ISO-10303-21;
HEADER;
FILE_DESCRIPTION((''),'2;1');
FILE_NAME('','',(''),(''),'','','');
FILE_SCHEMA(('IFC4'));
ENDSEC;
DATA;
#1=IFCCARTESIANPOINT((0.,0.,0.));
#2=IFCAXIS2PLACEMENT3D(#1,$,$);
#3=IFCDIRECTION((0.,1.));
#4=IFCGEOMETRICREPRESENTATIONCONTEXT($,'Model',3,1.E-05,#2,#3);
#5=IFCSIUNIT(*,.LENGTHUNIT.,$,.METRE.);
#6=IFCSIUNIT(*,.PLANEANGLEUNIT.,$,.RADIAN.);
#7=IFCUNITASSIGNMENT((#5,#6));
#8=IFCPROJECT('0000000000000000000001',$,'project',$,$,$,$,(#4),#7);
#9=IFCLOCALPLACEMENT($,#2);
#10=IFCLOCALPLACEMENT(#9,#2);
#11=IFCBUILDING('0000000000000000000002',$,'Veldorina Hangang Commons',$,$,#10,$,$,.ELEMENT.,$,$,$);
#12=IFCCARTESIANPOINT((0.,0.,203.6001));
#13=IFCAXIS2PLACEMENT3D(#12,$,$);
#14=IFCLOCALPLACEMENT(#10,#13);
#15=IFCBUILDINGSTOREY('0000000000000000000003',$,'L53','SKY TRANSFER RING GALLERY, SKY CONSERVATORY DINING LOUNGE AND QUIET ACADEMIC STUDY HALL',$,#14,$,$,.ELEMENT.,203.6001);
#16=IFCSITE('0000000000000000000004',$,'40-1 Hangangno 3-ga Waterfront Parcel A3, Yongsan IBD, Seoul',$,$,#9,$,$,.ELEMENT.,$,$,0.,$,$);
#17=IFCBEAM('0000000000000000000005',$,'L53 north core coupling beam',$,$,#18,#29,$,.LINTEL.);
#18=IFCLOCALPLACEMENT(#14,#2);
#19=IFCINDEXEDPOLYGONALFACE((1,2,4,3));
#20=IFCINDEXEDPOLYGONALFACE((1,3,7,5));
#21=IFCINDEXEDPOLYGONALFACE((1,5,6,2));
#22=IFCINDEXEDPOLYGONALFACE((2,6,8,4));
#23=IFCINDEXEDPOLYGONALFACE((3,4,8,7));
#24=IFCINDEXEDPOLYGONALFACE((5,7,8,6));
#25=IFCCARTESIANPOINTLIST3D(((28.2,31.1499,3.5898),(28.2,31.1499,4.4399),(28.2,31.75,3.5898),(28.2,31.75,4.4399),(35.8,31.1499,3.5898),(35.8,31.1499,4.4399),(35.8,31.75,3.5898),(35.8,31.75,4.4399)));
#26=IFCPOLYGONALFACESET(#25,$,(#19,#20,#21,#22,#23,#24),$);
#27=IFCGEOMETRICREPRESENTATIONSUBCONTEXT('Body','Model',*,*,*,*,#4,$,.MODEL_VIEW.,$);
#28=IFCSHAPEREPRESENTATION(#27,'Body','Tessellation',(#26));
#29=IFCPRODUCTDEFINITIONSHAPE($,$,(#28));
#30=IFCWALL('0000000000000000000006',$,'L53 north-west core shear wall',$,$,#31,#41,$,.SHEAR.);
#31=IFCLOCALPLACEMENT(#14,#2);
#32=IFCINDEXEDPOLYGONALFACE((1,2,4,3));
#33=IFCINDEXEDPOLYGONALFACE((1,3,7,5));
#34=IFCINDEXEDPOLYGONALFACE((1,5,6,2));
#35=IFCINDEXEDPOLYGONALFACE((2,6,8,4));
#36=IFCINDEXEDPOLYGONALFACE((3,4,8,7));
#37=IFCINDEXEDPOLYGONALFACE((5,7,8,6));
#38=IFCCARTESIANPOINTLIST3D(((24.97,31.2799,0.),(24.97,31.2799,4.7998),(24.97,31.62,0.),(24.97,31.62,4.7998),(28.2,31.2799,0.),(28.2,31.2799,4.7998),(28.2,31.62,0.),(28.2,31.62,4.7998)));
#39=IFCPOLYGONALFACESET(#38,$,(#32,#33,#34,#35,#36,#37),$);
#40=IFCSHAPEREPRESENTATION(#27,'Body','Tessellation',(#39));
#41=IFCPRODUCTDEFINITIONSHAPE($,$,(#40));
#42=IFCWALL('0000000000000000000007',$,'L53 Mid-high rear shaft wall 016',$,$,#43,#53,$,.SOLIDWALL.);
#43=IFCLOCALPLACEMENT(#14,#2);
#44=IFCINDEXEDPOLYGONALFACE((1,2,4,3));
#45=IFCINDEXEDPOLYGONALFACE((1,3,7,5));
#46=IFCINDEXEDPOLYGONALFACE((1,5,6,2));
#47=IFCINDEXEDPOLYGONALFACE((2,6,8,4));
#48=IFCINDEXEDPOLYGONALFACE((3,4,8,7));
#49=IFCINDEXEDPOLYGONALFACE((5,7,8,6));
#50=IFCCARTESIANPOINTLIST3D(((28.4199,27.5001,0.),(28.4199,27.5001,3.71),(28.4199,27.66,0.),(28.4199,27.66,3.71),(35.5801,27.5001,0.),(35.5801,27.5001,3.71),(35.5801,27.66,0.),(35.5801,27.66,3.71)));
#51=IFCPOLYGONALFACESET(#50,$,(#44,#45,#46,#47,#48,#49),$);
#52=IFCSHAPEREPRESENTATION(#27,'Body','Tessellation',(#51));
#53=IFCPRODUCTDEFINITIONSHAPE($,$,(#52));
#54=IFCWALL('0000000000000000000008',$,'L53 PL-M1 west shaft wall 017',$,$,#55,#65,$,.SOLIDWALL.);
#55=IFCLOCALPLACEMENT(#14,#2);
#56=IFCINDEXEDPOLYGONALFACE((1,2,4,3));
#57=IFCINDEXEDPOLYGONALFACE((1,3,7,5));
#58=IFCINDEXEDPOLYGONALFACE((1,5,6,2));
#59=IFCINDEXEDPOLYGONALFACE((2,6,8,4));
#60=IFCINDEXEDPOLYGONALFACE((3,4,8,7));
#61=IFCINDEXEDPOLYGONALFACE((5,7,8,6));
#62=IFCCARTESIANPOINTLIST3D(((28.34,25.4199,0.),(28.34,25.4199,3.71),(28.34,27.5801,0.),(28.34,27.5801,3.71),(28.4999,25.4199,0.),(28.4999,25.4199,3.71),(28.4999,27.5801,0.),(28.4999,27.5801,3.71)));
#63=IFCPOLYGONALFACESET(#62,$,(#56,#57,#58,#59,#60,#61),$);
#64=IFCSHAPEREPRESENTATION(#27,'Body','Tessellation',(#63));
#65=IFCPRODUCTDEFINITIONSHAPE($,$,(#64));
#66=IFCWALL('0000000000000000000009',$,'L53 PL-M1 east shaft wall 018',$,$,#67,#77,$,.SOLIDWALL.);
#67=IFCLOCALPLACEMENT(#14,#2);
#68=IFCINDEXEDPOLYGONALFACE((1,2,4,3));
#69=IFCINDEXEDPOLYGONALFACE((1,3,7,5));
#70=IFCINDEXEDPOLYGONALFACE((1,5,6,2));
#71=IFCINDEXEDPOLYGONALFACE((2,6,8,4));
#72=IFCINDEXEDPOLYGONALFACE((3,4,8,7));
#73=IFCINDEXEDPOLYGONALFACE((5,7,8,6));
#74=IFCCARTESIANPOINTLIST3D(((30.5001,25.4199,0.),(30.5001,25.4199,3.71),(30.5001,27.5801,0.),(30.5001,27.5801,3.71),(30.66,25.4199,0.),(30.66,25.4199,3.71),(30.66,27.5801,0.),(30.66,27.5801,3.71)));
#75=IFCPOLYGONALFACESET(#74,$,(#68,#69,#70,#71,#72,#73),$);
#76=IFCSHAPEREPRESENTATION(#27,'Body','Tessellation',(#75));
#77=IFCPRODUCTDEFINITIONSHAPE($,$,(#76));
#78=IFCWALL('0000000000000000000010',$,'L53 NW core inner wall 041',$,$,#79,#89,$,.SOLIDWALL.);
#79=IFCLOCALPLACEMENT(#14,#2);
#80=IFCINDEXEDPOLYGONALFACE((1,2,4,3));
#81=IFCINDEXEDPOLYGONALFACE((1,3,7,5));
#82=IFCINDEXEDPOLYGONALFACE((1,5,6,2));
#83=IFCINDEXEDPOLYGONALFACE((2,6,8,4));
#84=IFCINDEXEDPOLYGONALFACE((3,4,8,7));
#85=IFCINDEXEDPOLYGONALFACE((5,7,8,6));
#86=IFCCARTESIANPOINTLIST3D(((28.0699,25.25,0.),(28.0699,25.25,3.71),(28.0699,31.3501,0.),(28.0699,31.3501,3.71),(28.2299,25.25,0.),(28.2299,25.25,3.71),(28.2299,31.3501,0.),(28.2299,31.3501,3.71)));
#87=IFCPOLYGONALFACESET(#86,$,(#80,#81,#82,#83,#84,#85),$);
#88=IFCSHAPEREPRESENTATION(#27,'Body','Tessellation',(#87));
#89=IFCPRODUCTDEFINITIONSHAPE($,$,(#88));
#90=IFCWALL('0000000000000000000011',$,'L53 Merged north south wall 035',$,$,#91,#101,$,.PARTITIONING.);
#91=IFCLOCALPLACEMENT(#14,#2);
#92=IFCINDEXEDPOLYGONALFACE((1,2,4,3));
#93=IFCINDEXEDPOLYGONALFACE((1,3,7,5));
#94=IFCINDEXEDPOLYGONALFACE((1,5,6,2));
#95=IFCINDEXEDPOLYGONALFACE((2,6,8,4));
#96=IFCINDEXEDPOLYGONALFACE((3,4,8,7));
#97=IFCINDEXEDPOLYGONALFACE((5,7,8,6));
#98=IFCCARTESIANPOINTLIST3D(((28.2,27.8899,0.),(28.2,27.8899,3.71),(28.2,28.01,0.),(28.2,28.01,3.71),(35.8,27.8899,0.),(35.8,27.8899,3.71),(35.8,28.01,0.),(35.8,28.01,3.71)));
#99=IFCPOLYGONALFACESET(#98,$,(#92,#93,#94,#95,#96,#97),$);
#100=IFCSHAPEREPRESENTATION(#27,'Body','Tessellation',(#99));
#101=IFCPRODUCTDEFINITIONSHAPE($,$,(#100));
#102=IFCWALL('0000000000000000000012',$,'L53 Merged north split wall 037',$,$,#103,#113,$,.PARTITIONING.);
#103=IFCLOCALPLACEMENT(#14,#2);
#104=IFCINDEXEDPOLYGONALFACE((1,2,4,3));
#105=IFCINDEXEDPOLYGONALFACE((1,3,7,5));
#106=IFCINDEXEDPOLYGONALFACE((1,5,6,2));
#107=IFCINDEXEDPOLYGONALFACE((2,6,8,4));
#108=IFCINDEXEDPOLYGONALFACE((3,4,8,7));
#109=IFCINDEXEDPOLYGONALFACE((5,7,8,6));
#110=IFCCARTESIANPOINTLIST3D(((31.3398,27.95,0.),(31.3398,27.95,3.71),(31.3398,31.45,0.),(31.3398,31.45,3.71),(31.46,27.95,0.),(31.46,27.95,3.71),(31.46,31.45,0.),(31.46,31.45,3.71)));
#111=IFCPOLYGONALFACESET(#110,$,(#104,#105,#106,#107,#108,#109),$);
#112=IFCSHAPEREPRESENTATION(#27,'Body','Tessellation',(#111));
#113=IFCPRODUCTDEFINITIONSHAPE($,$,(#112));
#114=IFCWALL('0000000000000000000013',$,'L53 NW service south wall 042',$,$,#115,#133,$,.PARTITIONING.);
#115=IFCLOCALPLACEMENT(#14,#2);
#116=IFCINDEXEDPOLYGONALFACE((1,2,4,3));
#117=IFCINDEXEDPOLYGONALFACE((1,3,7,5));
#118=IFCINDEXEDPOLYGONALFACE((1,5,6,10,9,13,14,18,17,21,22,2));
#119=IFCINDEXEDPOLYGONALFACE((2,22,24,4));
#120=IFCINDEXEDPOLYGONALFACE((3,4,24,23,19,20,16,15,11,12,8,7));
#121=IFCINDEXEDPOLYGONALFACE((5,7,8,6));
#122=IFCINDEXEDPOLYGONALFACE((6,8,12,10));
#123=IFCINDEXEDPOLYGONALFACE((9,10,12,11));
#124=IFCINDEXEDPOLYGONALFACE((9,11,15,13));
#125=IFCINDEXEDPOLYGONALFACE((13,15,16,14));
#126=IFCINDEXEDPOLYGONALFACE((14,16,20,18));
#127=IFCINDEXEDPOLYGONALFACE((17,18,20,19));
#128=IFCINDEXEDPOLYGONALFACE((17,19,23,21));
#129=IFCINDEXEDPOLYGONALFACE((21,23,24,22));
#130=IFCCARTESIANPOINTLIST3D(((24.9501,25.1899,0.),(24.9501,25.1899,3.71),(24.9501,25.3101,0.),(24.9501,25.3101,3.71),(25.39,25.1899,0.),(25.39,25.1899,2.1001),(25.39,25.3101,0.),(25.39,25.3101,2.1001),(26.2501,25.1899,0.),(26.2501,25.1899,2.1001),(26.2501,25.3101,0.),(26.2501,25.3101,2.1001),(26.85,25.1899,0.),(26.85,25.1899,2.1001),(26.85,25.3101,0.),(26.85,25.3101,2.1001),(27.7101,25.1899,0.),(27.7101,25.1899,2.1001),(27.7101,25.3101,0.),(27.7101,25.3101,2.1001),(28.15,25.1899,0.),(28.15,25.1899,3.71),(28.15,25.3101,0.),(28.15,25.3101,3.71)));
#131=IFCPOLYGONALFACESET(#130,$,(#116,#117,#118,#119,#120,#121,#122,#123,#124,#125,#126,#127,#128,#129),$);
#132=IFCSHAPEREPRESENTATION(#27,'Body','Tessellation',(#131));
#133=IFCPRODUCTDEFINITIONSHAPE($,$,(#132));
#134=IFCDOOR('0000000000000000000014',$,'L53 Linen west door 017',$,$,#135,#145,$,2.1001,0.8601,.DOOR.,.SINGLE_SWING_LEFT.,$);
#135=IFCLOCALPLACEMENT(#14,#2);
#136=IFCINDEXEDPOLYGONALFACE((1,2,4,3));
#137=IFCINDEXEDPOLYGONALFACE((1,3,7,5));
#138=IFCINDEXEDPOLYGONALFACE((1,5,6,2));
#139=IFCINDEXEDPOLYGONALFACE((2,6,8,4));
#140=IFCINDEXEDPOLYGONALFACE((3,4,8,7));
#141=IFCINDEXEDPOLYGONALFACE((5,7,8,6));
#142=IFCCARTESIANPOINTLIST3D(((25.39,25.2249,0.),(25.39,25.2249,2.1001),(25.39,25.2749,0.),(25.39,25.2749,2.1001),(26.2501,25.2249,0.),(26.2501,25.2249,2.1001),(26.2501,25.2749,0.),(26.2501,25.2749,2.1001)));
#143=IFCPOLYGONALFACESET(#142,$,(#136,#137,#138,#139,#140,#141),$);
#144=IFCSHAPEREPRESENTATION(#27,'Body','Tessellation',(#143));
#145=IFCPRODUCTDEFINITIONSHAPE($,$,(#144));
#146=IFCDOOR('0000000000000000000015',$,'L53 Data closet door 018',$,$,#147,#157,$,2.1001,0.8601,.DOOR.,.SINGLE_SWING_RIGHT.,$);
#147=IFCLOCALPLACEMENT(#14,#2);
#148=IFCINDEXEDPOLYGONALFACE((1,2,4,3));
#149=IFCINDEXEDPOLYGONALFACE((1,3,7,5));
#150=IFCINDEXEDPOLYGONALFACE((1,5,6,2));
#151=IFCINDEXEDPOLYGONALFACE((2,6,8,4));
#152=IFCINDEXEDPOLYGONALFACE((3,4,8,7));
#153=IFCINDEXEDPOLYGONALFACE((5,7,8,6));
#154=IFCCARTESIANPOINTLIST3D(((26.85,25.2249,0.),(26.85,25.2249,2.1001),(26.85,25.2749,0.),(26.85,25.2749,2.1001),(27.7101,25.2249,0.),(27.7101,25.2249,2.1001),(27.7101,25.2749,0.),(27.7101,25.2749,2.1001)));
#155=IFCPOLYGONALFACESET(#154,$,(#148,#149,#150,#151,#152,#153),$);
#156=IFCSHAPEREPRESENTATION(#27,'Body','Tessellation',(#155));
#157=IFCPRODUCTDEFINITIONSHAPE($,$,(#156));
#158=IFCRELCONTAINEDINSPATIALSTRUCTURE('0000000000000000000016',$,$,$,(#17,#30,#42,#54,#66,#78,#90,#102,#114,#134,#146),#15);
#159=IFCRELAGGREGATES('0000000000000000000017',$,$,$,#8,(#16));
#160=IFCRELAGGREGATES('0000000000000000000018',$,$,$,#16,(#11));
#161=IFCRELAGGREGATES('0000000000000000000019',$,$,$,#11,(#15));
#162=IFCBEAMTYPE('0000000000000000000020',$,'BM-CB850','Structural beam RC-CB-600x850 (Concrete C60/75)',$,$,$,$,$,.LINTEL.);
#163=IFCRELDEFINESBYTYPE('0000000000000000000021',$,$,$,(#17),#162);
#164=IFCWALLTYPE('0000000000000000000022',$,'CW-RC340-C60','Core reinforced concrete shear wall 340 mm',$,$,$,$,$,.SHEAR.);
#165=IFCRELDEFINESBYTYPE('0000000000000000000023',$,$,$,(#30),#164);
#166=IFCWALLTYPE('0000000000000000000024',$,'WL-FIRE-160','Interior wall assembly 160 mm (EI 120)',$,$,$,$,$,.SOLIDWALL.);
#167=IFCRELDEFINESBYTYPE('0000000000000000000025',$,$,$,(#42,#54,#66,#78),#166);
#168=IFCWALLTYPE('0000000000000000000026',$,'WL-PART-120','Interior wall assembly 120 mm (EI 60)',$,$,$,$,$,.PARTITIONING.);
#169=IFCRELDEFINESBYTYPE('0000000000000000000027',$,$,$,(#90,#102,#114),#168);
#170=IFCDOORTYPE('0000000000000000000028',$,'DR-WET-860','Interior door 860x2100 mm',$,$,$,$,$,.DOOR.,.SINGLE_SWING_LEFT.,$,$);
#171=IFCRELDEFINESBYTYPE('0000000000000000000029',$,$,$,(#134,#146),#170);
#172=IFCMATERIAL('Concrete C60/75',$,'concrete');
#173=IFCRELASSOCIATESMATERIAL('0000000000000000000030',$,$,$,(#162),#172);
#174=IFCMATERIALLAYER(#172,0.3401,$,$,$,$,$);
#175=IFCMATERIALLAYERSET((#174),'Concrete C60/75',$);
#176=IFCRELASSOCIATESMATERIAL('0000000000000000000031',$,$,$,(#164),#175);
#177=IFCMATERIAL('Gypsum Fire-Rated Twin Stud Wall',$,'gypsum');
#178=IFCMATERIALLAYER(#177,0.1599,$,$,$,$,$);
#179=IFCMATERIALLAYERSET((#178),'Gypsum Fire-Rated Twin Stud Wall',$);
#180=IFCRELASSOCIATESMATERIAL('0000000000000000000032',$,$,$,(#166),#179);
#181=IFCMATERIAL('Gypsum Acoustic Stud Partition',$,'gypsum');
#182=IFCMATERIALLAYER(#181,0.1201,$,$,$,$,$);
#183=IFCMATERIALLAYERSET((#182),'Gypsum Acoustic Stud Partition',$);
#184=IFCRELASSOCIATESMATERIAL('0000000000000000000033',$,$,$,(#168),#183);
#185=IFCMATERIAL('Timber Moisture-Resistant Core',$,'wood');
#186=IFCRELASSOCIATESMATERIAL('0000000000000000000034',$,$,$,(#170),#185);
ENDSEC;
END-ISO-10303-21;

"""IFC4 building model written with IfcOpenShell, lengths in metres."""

from ifc_helpers import new_model, si_unit, direction, frame, frame_2d, origin, origin_2d, place, context, subcontext, project, spatial, rectangle, extrude, material, layer, layer_set, material_profile, profile_set, type_object, element, fill, save


model = new_model("IFC4")

# Units and contexts
model_context = context("Model", 3, precision=1e-05, world=origin(), true_north=direction((0.0, 1.0)))
body_context = subcontext(model_context, "Body", "Model", "MODEL_VIEW")
ifc_project = project(units=[si_unit("LENGTHUNIT", "METRE"), si_unit("PLANEANGLEUNIT", "RADIAN")], contexts=[model_context])

# Site, building, storey
site_placement = place(None, origin())
site = spatial("IfcSite", under=ifc_project, at=site_placement, Name="40-1 Hangangno 3-ga Waterfront Parcel A3, Yongsan IBD, Seoul", CompositionType="ELEMENT", RefElevation=0.0)
building_placement = place(site_placement, origin())
building = spatial("IfcBuilding", under=site, at=building_placement, Name="Veldorina Hangang Commons", CompositionType="ELEMENT")
storey_placement = place(building_placement, frame((0.0, 0.0, 203.6001)))
storey = spatial("IfcBuildingStorey", under=building, at=storey_placement, Name="L53", Description="SKY TRANSFER RING GALLERY, SKY CONSERVATORY DINING LOUNGE AND QUIET ACADEMIC STUDY HALL", CompositionType="ELEMENT", Elevation=203.6001)

# Beam
ifc_material_1 = material(Name="Concrete C60/75", Category="concrete")
ifc_material_profile = material_profile(ifc_material_1, rectangle(XDim=0.6001, YDim=0.8501, at=origin_2d()), Name="RC-CB-600x850")
ifc_profile_set = profile_set([ifc_material_profile], Name="Concrete C60/75")
beam_type = type_object("IfcBeamType", Name="BM-CB850", Description="Structural beam RC-CB-600x850 (Concrete C60/75)", PredefinedType="LINTEL", material=ifc_profile_set)
beam_placement = place(storey_placement, frame((28.2, 31.45, 4.0149), z_axis=(1.0, 0.0, 0.0), x_axis=(0.0, 1.0, 0.0)))
element("IfcBeam", 1, at=beam_placement, inside=storey, type_object=beam_type, Name="L53 north core coupling beam", PredefinedType="LINTEL", context=body_context, shape_type="SweptSolid", body=[
    extrude(rectangle(XDim=0.6001, YDim=0.8501, at=origin_2d()), origin(), (0.0, 0.0, 1.0), 7.6001),
])

# Wall
ifc_layer_1 = layer(ifc_material_1, 0.3401)
ifc_layer_set_1 = layer_set([ifc_layer_1], Name="Concrete C60/75")
wall_type_1 = type_object("IfcWallType", Name="CW-RC340-C60", Description="Core reinforced concrete shear wall 340 mm", PredefinedType="SHEAR", material=ifc_layer_set_1)
wall_1_placement = place(storey_placement, frame((24.97, 31.45, 0.0), z_axis=(0.0, 0.0, 1.0), x_axis=(1.0, 0.0, 0.0)))
element("IfcWall", 2, at=wall_1_placement, inside=storey, type_object=wall_type_1, Name="L53 north-west core shear wall", PredefinedType="SHEAR", context=body_context, shape_type="SweptSolid", body=[
    extrude(rectangle(XDim=3.23, YDim=0.3401, at=frame_2d((1.615, 0.0))), origin(), (0.0, 0.0, 1.0), 4.7998),
])

# Shared definitions
ifc_material_2 = material(Name="Gypsum Fire-Rated Twin Stud Wall", Category="gypsum")
ifc_layer_2 = layer(ifc_material_2, 0.1599)
ifc_layer_set_2 = layer_set([ifc_layer_2], Name="Gypsum Fire-Rated Twin Stud Wall")
wall_type_2 = type_object("IfcWallType", Name="WL-FIRE-160", Description="Interior wall assembly 160 mm (EI 120)", PredefinedType="SOLIDWALL", material=ifc_layer_set_2)

# Walls
wall_2_placement = place(storey_placement, frame((28.4199, 27.5801, 0.0), z_axis=(0.0, 0.0, 1.0), x_axis=(1.0, 0.0, 0.0)))
element("IfcWall", 3, at=wall_2_placement, inside=storey, type_object=wall_type_2, Name="L53 Mid-high rear shaft wall 016", PredefinedType="SOLIDWALL", context=body_context, shape_type="SweptSolid", body=[
    extrude(rectangle(XDim=7.1602, YDim=0.1599, at=frame_2d((3.5801, 0.0))), origin(), (0.0, 0.0, 1.0), 3.71),
])
for number, where, z_axis, x_axis, name in (
    (4, (28.4199, 25.4199, 0.0), (0.0, 0.0, 1.0), (0.0, 1.0, 0.0), "L53 PL-M1 west shaft wall 017"),
    (5, (30.5801, 25.4199, 0.0), (0.0, 0.0, 1.0), (0.0, 1.0, 0.0), "L53 PL-M1 east shaft wall 018"),
):
    element("IfcWall", number, at=place(storey_placement, frame(where, z_axis=z_axis, x_axis=x_axis)), inside=storey, type_object=wall_type_2, Name=name, PredefinedType="SOLIDWALL", context=body_context, shape_type="SweptSolid", body=[
        extrude(rectangle(XDim=2.1602, YDim=0.1599, at=frame_2d((1.0801, 0.0))), origin(), (0.0, 0.0, 1.0), 3.71),
    ])

# Walls
wall_3_placement = place(storey_placement, frame((28.1499, 25.25, 0.0), z_axis=(0.0, 0.0, 1.0), x_axis=(0.0, 1.0, 0.0)))
element("IfcWall", 6, at=wall_3_placement, inside=storey, type_object=wall_type_2, Name="L53 NW core inner wall 041", PredefinedType="SOLIDWALL", context=body_context, shape_type="SweptSolid", body=[
    extrude(rectangle(XDim=6.1001, YDim=0.1599, at=frame_2d((3.05, 0.0))), origin(), (0.0, 0.0, 1.0), 3.71),
])
ifc_material_3 = material(Name="Gypsum Acoustic Stud Partition", Category="gypsum")
ifc_layer_3 = layer(ifc_material_3, 0.1201)
ifc_layer_set_3 = layer_set([ifc_layer_3], Name="Gypsum Acoustic Stud Partition")
wall_type_3 = type_object("IfcWallType", Name="WL-PART-120", Description="Interior wall assembly 120 mm (EI 60)", PredefinedType="PARTITIONING", material=ifc_layer_set_3)
wall_4_placement = place(storey_placement, frame((28.2, 27.95, 0.0), z_axis=(0.0, 0.0, 1.0), x_axis=(1.0, 0.0, 0.0)))
element("IfcWall", 7, at=wall_4_placement, inside=storey, type_object=wall_type_3, Name="L53 Merged north south wall 035", PredefinedType="PARTITIONING", context=body_context, shape_type="SweptSolid", body=[
    extrude(rectangle(XDim=7.6001, YDim=0.1201, at=frame_2d((3.8, 0.0))), origin(), (0.0, 0.0, 1.0), 3.71),
])
wall_5_placement = place(storey_placement, frame((31.3999, 27.95, 0.0), z_axis=(0.0, 0.0, 1.0), x_axis=(0.0, 1.0, 0.0)))
element("IfcWall", 8, at=wall_5_placement, inside=storey, type_object=wall_type_3, Name="L53 Merged north split wall 037", PredefinedType="PARTITIONING", context=body_context, shape_type="SweptSolid", body=[
    extrude(rectangle(XDim=3.5, YDim=0.1201, at=frame_2d((1.75, 0.0))), origin(), (0.0, 0.0, 1.0), 3.71),
])

# Wall, openings, doors
wall_6_placement = place(storey_placement, frame((24.95, 25.25, 0.0), z_axis=(0.0, 0.0, 1.0), x_axis=(1.0, 0.0, 0.0)))
wall_6 = element("IfcWall", 9, at=wall_6_placement, inside=storey, type_object=wall_type_3, Name="L53 NW service south wall 042", PredefinedType="PARTITIONING", context=body_context, shape_type="SweptSolid", body=[
    extrude(rectangle(XDim=3.2, YDim=0.1201, at=frame_2d((1.6001, 0.0))), origin(), (0.0, 0.0, 1.0), 3.71),
])
opening_1_placement = place(wall_6_placement, frame((0.4399, 0.0, 0.0)))
opening_1 = element("IfcOpeningElement", 10, at=opening_1_placement, cuts=wall_6, PredefinedType="OPENING", context=body_context, shape_type="SweptSolid", body=[
    extrude(rectangle(XDim=0.8601, YDim=2.1001, at=frame_2d((0.4302, 1.05))), frame((0.0, 0.0701, 0.0), z_axis=(0.0, -1.0, 0.0), x_axis=(1.0, 0.0, 0.0)), (0.0, 0.0, 1.0), 0.1401),
])
opening_2_placement = place(wall_6_placement, frame((1.8999, 0.0, 0.0)))
opening_2 = element("IfcOpeningElement", 11, at=opening_2_placement, cuts=wall_6, PredefinedType="OPENING", context=body_context, shape_type="SweptSolid", body=[
    extrude(rectangle(XDim=0.8601, YDim=2.1001, at=frame_2d((0.4302, 1.05))), frame((0.0, 0.0701, 0.0), z_axis=(0.0, -1.0, 0.0), x_axis=(1.0, 0.0, 0.0)), (0.0, 0.0, 1.0), 0.1401),
])
ifc_material_4 = material(Name="Timber Moisture-Resistant Core", Category="wood")
door_type_1 = type_object("IfcDoorType", Name="DR-WET-860", Description="Interior door 860x2100 mm", OperationType="SINGLE_SWING_LEFT", PredefinedType="DOOR", material=ifc_material_4)
door_1_placement = place(opening_1_placement, origin())
door_1 = element("IfcDoor", 12, at=door_1_placement, inside=storey, type_object=door_type_1, Name="L53 Linen west door 017", OperationType="SINGLE_SWING_LEFT", OverallHeight=2.1001, OverallWidth=0.8601, PredefinedType="DOOR", context=body_context, shape_type="SweptSolid", body=[
    extrude(rectangle(XDim=0.8601, YDim=2.1001, at=frame_2d((0.4302, 1.05))), frame((0.0, 0.0249, 0.0), z_axis=(0.0, -1.0, 0.0), x_axis=(1.0, 0.0, 0.0)), (0.0, 0.0, 1.0), 0.05),
])
fill(opening_1, door_1)
door_2_placement = place(opening_2_placement, origin())
door_2 = element("IfcDoor", 13, at=door_2_placement, inside=storey, type_object=door_type_1, Name="L53 Data closet door 018", OperationType="SINGLE_SWING_RIGHT", OverallHeight=2.1001, OverallWidth=0.8601, PredefinedType="DOOR", context=body_context, shape_type="SweptSolid", body=[
    extrude(rectangle(XDim=0.8601, YDim=2.1001, at=frame_2d((0.4302, 1.05))), frame((0.0, 0.0249, 0.0), z_axis=(0.0, -1.0, 0.0), x_axis=(1.0, 0.0, 0.0)), (0.0, 0.0, 1.0), 0.05),
])
fill(opening_2, door_2)

save(model, "model.ifc")
